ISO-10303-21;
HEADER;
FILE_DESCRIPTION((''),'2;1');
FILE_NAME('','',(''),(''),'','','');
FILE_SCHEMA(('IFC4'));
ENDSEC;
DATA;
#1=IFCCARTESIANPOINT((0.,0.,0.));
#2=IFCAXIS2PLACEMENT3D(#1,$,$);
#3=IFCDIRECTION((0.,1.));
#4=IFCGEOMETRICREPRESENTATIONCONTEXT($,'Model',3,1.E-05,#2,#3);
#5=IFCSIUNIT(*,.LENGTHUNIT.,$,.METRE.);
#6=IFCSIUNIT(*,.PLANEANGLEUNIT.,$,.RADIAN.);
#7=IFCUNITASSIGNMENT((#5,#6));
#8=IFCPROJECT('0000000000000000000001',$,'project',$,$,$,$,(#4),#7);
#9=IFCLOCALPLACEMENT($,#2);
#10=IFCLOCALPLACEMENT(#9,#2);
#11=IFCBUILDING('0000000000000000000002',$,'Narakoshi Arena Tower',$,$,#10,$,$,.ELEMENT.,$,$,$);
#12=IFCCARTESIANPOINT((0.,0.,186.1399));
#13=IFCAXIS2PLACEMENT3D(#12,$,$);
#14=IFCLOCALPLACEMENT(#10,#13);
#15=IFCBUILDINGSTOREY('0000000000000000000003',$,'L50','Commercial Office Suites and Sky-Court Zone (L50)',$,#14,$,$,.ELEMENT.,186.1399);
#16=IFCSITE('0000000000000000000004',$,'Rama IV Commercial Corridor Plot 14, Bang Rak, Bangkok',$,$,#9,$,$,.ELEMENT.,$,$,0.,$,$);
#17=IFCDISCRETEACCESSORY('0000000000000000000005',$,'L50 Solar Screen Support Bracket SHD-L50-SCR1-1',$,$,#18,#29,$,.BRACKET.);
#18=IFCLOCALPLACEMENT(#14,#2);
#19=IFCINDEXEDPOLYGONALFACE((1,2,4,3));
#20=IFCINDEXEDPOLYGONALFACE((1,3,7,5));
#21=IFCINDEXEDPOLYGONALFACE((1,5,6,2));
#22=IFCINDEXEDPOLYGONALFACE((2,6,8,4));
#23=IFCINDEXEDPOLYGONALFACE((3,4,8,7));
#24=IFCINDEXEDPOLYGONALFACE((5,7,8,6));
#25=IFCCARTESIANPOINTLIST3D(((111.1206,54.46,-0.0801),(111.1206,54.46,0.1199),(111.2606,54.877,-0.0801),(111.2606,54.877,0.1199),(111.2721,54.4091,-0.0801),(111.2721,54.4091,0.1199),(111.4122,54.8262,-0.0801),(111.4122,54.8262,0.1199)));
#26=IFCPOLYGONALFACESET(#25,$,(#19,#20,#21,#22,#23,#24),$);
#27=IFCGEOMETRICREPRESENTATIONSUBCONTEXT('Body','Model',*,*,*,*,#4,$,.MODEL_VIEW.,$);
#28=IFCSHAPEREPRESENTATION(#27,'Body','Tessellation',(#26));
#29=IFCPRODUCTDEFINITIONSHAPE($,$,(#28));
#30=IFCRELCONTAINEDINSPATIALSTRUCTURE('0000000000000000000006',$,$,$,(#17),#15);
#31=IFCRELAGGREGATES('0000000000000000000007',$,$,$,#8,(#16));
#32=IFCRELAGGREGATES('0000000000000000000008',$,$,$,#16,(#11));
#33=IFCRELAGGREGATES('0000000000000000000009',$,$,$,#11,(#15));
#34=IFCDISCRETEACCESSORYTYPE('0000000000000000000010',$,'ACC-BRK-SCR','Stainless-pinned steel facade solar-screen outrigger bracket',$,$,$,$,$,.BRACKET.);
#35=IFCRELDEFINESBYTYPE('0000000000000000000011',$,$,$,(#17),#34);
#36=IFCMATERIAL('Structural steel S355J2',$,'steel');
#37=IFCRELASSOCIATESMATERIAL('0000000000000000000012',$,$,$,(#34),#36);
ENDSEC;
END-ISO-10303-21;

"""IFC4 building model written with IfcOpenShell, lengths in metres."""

from ifc_helpers import new_model, si_unit, direction, frame, origin, origin_2d, place, context, subcontext, project, spatial, rectangle, extrude, material, type_object, element, save


model = new_model("IFC4")

# Units and contexts
model_context = context("Model", 3, precision=1e-05, world=origin(), true_north=direction((0.0, 1.0)))
body_context = subcontext(model_context, "Body", "Model", "MODEL_VIEW")
ifc_project = project(units=[si_unit("LENGTHUNIT", "METRE"), si_unit("PLANEANGLEUNIT", "RADIAN")], contexts=[model_context])

# Site, building, storey
site_placement = place(None, origin())
site = spatial("IfcSite", under=ifc_project, at=site_placement, Name="Rama IV Commercial Corridor Plot 14, Bang Rak, Bangkok", CompositionType="ELEMENT", RefElevation=0.0)
building_placement = place(site_placement, origin())
building = spatial("IfcBuilding", under=site, at=building_placement, Name="Narakoshi Arena Tower", CompositionType="ELEMENT")
storey_placement = place(building_placement, frame((0.0, 0.0, 186.1399)))
storey = spatial("IfcBuildingStorey", under=building, at=storey_placement, Name="L50", Description="Commercial Office Suites and Sky-Court Zone (L50)", CompositionType="ELEMENT", Elevation=186.1399)

# Discrete accessory
ifc_material_1 = material(Name="Structural steel S355J2", Category="steel")
discrete_accessory_type = type_object("IfcDiscreteAccessoryType", Name="ACC-BRK-SCR", Description="Stainless-pinned steel facade solar-screen outrigger bracket", PredefinedType="BRACKET", material=ifc_material_1)
discrete_accessory_placement = place(storey_placement, frame((111.2664, 54.6431, -0.0801), z_axis=(0.0, 0.0, 1.0), x_axis=(-0.948002, 0.318264, 0.0)))
element("IfcDiscreteAccessory", 1, at=discrete_accessory_placement, inside=storey, type_object=discrete_accessory_type, Name="L50 Solar Screen Support Bracket SHD-L50-SCR1-1", PredefinedType="BRACKET", context=body_context, shape_type="SweptSolid", body=[
    extrude(rectangle(XDim=0.1599, YDim=0.4399, at=origin_2d()), origin(), (0.0, 0.0, 1.0), 0.2),
])

save(model, "model.ifc")
